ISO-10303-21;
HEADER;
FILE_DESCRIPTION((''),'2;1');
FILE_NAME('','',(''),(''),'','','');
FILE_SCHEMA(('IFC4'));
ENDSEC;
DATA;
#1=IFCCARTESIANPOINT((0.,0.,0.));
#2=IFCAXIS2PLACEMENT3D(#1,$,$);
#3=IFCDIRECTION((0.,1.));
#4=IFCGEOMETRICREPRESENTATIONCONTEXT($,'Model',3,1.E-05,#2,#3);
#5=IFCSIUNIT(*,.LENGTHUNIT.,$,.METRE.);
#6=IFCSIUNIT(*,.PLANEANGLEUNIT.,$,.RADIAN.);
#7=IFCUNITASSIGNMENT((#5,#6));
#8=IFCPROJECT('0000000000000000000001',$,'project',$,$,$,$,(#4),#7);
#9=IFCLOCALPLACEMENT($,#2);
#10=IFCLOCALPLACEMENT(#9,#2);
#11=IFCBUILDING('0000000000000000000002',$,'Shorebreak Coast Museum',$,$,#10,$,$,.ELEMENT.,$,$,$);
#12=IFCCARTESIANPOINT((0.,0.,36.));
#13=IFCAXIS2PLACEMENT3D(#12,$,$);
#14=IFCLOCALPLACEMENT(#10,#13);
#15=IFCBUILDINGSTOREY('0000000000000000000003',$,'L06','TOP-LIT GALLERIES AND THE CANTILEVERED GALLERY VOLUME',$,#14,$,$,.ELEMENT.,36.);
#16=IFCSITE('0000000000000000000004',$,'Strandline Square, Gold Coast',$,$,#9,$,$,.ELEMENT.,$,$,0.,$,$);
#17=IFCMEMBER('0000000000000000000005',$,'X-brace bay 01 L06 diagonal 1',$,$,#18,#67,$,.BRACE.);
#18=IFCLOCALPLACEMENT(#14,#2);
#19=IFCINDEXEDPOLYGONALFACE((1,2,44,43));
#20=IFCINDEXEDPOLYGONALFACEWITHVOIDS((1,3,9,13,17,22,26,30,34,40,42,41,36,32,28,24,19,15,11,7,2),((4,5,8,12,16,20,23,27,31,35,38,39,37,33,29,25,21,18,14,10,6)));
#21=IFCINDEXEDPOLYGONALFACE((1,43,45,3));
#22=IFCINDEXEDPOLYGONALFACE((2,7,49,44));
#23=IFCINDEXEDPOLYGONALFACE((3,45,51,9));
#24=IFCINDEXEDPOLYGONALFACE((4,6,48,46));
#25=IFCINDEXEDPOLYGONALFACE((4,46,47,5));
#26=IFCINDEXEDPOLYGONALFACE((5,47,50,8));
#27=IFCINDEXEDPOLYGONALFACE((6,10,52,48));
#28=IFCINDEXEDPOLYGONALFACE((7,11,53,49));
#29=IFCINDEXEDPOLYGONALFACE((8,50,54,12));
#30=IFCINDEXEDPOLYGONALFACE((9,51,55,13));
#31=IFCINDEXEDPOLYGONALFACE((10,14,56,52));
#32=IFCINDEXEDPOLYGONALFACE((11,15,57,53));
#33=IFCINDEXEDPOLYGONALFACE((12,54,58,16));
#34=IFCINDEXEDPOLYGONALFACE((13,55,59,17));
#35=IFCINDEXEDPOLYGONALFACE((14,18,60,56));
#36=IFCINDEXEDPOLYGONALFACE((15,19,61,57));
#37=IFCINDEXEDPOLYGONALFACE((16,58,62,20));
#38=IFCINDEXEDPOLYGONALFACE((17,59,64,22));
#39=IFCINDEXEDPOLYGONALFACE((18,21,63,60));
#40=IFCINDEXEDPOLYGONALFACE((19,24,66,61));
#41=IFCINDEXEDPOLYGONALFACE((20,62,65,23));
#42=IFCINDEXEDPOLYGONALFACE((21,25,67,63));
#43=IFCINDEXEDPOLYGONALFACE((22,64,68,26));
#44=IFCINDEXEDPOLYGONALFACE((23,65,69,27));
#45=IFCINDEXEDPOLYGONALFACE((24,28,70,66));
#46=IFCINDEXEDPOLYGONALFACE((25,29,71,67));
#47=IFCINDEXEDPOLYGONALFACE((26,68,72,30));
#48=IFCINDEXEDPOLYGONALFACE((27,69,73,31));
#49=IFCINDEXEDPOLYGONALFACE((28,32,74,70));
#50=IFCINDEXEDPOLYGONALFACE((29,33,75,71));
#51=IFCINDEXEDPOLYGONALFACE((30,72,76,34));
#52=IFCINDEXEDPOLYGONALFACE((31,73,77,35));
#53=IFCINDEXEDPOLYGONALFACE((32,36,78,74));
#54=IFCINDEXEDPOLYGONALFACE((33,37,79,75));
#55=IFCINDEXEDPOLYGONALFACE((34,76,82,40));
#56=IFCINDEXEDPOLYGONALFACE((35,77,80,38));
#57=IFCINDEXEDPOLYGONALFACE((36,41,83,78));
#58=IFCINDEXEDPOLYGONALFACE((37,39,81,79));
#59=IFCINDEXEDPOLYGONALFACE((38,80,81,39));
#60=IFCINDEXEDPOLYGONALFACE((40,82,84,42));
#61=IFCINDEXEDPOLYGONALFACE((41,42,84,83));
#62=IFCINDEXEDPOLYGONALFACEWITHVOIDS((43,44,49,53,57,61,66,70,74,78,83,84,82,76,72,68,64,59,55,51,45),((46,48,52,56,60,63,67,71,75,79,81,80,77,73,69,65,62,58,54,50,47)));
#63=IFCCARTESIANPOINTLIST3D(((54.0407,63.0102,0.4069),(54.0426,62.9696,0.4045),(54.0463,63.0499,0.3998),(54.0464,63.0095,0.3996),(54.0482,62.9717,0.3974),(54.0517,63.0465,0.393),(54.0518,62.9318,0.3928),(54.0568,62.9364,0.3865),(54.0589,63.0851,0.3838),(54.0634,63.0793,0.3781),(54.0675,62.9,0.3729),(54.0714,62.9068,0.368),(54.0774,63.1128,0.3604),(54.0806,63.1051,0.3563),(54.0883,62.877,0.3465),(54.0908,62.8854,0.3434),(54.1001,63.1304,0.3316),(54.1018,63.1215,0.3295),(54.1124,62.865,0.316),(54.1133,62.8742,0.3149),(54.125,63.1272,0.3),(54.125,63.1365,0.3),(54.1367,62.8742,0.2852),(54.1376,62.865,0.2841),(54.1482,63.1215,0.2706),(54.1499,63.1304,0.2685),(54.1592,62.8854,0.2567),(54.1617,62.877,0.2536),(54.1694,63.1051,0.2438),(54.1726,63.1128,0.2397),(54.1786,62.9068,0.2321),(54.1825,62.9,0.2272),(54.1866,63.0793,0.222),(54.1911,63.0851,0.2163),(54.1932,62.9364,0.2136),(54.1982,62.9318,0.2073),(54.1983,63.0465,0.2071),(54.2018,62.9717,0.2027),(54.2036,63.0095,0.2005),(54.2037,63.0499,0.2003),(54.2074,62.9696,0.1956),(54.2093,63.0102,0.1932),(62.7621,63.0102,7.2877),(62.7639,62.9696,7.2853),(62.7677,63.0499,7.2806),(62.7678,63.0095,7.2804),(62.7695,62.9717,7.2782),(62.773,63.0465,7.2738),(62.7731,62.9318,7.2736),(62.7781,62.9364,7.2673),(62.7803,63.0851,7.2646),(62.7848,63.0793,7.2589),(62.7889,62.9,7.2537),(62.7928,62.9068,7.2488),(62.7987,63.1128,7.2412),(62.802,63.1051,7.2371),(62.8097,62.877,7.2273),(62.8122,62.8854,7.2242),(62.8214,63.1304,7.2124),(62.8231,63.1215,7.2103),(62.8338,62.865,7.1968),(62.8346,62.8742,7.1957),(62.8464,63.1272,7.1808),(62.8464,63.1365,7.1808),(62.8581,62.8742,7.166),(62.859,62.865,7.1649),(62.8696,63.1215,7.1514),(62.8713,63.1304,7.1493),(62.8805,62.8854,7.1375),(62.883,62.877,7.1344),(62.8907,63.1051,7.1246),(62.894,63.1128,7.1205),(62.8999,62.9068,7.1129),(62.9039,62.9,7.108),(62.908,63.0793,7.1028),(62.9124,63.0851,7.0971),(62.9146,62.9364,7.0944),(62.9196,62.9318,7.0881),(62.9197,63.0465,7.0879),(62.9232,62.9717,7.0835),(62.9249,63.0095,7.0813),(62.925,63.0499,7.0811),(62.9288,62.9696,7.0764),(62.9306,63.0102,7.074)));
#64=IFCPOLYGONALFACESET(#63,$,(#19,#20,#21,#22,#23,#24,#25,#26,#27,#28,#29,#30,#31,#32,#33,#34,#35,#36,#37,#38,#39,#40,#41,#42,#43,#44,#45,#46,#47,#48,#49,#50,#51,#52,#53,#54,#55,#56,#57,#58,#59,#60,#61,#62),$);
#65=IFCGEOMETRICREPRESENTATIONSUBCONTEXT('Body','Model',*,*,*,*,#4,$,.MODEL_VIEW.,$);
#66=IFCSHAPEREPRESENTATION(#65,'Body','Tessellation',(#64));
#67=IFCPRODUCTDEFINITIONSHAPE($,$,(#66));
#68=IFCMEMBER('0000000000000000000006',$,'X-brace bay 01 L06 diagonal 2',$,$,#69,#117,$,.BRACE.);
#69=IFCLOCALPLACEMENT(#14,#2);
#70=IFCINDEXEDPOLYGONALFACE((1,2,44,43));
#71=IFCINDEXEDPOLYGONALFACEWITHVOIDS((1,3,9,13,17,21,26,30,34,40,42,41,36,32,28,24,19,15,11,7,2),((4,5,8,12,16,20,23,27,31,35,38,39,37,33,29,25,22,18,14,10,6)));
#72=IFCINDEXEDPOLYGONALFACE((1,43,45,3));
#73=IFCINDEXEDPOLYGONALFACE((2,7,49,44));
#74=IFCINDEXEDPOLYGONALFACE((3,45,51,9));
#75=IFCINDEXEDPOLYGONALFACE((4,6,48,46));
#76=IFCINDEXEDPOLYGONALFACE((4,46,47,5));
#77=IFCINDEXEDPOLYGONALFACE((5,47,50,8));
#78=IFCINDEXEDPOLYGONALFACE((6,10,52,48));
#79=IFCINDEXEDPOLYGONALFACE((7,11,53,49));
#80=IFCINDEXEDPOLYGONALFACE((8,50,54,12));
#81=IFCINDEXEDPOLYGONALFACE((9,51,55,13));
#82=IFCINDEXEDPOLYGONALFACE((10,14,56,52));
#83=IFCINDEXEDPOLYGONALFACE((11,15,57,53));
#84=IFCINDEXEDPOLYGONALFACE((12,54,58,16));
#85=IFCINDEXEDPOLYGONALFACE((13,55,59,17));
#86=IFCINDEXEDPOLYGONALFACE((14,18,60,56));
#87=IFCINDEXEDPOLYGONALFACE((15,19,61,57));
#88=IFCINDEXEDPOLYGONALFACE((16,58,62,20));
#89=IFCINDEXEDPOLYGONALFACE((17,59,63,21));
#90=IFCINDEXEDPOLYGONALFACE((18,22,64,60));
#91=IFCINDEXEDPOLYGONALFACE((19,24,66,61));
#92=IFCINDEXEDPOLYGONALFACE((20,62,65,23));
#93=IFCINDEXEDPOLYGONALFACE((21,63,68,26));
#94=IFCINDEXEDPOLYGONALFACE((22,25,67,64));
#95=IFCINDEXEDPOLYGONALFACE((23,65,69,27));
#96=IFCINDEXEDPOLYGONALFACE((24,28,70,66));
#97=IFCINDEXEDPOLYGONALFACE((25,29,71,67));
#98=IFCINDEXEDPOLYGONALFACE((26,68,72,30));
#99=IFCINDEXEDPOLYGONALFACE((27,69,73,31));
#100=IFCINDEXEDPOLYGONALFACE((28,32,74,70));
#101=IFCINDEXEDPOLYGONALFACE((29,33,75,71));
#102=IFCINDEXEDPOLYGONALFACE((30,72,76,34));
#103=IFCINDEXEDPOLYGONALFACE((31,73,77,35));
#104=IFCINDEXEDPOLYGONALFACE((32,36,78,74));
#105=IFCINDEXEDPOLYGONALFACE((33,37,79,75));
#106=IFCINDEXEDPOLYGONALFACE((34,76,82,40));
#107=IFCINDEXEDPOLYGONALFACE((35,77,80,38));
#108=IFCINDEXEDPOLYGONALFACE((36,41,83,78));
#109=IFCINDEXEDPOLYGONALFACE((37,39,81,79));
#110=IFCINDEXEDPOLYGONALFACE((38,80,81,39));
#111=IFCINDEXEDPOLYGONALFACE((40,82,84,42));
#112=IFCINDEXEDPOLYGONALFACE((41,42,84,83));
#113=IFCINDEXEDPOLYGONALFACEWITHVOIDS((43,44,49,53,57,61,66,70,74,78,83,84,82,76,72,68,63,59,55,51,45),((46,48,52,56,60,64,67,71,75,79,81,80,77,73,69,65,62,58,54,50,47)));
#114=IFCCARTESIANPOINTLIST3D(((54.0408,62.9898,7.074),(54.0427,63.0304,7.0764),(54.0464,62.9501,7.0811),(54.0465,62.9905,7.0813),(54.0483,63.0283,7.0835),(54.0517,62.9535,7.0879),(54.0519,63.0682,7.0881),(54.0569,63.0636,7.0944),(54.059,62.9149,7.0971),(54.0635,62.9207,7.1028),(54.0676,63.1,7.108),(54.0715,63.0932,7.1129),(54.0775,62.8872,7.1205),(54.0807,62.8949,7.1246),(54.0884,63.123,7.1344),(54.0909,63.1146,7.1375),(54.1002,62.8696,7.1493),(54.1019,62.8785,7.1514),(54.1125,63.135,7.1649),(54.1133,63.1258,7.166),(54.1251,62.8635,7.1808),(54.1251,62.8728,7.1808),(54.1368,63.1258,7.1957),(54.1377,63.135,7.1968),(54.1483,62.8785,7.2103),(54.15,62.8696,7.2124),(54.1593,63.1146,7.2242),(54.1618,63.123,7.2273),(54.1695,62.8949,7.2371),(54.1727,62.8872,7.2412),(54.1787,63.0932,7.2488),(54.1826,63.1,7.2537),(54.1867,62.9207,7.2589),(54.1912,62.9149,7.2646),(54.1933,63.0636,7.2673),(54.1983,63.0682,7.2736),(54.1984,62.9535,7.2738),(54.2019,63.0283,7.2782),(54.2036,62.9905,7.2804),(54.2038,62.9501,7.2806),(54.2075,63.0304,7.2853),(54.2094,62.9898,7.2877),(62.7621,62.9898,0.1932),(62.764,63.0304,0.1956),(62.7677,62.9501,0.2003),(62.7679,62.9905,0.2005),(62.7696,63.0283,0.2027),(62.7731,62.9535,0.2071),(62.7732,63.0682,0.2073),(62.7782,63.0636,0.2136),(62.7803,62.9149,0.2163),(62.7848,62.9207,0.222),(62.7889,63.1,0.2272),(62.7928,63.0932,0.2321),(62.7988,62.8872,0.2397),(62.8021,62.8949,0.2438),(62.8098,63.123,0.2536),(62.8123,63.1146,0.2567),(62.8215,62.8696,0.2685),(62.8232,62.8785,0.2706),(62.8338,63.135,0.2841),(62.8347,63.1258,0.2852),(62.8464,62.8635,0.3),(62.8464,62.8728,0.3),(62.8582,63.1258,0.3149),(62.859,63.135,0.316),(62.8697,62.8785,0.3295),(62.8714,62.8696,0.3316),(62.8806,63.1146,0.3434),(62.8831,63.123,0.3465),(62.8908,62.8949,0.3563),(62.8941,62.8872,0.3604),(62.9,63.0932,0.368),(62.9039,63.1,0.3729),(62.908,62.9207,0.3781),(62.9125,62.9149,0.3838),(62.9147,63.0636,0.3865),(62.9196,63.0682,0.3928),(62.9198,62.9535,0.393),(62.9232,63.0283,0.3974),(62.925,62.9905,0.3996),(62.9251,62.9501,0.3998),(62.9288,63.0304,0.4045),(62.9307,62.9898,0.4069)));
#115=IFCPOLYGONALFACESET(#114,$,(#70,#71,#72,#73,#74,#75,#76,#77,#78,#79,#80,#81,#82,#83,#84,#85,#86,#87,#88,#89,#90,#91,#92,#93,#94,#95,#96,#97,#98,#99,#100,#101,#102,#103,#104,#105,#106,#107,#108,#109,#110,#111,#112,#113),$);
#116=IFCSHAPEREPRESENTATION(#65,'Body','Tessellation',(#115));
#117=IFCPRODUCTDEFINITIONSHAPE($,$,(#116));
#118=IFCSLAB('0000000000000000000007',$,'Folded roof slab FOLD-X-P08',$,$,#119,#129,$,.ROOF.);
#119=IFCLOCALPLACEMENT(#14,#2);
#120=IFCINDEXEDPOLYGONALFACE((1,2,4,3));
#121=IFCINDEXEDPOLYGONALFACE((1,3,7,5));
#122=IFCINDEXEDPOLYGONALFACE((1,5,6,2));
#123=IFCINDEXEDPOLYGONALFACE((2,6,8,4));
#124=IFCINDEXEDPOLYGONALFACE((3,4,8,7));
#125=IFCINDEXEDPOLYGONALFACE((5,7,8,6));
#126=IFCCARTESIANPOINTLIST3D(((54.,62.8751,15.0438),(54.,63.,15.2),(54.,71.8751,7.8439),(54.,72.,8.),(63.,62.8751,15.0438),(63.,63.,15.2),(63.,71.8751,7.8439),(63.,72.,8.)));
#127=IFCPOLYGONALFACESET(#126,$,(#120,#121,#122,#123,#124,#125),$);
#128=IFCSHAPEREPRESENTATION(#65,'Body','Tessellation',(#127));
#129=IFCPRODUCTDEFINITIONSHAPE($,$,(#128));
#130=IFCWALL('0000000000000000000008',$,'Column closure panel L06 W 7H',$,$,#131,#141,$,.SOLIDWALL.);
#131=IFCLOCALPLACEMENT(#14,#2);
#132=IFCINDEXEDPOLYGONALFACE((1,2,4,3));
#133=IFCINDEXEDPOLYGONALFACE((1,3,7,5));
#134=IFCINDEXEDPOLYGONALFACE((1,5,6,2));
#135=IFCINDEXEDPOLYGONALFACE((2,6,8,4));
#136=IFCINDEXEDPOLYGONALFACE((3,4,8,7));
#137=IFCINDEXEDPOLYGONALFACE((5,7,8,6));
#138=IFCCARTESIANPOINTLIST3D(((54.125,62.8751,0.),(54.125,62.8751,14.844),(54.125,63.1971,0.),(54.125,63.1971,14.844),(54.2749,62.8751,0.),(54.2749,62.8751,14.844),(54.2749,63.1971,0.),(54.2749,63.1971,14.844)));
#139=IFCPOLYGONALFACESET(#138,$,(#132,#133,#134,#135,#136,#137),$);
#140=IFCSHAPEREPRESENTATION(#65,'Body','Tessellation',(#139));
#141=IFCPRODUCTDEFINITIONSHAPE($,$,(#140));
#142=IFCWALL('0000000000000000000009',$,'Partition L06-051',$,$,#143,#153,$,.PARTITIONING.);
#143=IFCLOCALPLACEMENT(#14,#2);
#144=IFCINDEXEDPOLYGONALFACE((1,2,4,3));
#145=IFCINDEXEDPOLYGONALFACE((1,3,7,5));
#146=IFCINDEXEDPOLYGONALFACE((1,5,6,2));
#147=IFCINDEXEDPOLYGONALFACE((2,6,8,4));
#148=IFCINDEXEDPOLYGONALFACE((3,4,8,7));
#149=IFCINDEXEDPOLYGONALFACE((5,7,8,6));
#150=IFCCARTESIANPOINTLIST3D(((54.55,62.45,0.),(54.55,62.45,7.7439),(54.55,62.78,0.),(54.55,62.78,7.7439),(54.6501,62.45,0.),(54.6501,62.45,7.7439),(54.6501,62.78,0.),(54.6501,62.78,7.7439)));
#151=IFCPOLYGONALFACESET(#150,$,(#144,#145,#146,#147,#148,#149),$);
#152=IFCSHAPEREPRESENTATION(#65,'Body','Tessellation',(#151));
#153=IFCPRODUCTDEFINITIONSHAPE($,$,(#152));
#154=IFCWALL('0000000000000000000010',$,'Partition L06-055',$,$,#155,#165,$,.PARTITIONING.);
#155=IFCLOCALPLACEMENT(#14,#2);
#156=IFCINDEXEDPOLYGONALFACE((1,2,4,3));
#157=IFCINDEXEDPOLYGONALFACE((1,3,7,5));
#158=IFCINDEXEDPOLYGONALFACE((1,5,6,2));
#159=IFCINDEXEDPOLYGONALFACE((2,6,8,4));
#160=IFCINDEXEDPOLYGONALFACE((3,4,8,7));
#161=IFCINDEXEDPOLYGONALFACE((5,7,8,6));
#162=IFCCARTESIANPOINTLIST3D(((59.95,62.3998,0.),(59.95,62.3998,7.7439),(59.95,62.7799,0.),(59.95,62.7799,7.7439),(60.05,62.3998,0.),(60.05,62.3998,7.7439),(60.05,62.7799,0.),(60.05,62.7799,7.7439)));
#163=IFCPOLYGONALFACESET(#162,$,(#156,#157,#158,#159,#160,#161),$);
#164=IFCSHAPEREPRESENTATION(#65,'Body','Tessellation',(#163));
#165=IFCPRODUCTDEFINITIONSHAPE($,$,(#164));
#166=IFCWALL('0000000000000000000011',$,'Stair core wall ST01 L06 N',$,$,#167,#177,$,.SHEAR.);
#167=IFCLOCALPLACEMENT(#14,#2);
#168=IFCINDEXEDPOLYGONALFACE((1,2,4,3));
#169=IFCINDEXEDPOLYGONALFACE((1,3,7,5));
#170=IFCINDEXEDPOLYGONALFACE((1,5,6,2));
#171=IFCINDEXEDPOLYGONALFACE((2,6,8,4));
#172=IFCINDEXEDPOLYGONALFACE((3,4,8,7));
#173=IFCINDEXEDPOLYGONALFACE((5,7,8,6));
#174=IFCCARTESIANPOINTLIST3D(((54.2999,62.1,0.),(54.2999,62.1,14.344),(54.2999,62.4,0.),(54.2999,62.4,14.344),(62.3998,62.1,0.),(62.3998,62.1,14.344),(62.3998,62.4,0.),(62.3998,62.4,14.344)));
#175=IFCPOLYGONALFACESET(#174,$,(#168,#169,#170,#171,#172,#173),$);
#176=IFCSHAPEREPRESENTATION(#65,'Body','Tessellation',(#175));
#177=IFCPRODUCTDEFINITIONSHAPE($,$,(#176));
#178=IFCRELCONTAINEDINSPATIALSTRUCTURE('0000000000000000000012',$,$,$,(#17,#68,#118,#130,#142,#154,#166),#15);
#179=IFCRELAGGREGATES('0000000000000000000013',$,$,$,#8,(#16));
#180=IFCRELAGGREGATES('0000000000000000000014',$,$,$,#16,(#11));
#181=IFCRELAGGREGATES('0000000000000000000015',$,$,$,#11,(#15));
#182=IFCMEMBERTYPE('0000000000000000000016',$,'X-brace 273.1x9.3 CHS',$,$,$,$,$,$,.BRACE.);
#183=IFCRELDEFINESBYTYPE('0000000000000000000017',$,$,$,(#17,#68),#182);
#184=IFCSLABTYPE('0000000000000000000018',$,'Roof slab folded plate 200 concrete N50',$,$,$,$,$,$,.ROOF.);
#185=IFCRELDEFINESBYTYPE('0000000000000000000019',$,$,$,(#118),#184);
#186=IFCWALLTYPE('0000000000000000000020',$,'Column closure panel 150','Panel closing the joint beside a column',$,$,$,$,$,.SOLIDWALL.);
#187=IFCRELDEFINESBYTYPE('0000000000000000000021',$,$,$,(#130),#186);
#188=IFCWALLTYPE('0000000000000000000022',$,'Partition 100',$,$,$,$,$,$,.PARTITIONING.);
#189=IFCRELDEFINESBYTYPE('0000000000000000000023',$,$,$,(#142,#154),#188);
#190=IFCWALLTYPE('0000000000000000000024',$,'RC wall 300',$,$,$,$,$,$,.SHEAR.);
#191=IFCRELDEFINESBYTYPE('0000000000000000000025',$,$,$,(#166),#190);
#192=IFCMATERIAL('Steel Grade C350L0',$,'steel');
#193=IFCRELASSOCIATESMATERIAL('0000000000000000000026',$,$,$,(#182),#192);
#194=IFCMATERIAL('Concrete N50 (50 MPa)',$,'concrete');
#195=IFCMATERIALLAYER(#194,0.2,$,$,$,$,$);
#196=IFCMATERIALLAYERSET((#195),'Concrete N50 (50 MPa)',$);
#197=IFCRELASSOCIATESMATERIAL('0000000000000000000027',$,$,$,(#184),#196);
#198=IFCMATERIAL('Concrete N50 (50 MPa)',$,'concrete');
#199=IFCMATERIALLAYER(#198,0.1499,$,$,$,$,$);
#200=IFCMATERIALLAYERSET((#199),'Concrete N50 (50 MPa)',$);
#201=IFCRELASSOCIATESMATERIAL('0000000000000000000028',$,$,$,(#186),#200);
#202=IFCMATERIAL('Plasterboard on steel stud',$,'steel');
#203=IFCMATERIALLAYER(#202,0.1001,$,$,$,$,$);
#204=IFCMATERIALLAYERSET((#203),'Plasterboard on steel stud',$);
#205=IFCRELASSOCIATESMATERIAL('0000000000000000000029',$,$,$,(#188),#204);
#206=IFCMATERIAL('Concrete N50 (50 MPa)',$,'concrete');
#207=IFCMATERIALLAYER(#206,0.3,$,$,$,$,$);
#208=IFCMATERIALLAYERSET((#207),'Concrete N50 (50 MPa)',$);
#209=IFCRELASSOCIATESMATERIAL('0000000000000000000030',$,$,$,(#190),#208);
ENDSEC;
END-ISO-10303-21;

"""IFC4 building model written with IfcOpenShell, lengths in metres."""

from ifc_helpers import new_model, si_unit, direction, frame, frame_2d, origin, origin_2d, place, context, subcontext, project, spatial, polyline, rectangle, hollow_circle, outline, extrude, material, layer, layer_set, material_profile, profile_set, type_object, element, save


model = new_model("IFC4")

# Units and contexts
model_context = context("Model", 3, precision=1e-05, world=origin(), true_north=direction((0.0, 1.0)))
body_context = subcontext(model_context, "Body", "Model", "MODEL_VIEW")
ifc_project = project(units=[si_unit("LENGTHUNIT", "METRE"), si_unit("PLANEANGLEUNIT", "RADIAN")], contexts=[model_context])

# Site, building, storey
site_placement = place(None, origin())
site = spatial("IfcSite", under=ifc_project, at=site_placement, Name="Strandline Square, Gold Coast", CompositionType="ELEMENT", RefElevation=0.0)
building_placement = place(site_placement, origin())
building = spatial("IfcBuilding", under=site, at=building_placement, Name="Shorebreak Coast Museum", CompositionType="ELEMENT")
storey_placement = place(building_placement, frame((0.0, 0.0, 36.0)))
storey = spatial("IfcBuildingStorey", under=building, at=storey_placement, Name="L06", Description="TOP-LIT GALLERIES AND THE CANTILEVERED GALLERY VOLUME", CompositionType="ELEMENT", Elevation=36.0)

# Members
ifc_material_1 = material(Name="Steel Grade C350L0", Category="steel")
ifc_material_profile_1 = material_profile(ifc_material_1, hollow_circle(Radius=0.1365, WallThickness=0.0093, at=origin_2d()), Name="273.1x9.3 CHS")
ifc_profile_set_1 = profile_set([ifc_material_profile_1], Name="Steel Grade C350L0")
member_type_1 = type_object("IfcMemberType", Name="X-brace 273.1x9.3 CHS", PredefinedType="BRACE", material=ifc_profile_set_1)
for number, where, z_axis, x_axis, name in (
    (1, (54.125, 63.0, 0.3), (0.785079, 0.0, 0.619396), (0.0, 1.0, 0.0), "X-brace bay 01 L06 diagonal 1"),
    (2, (62.8464, 63.0, 0.3), (-0.785079, 0.0, 0.619396), (0.0, -1.0, 0.0), "X-brace bay 01 L06 diagonal 2"),
):
    element("IfcMember", number, at=place(storey_placement, frame(where, z_axis=z_axis, x_axis=x_axis)), inside=storey, type_object=member_type_1, Name=name, PredefinedType="BRACE", context=body_context, shape_type="SweptSolid", body=[
        extrude(hollow_circle(Radius=0.1365, WallThickness=0.0093, at=origin_2d()), origin(), (0.0, 0.0, 1.0), 11.1089),
    ])

# Slab
ifc_material_2 = material(Name="Concrete N50 (50 MPa)", Category="concrete")
ifc_layer_1 = layer(ifc_material_2, 0.2)
ifc_layer_set_1 = layer_set([ifc_layer_1], Name="Concrete N50 (50 MPa)")
slab_type = type_object("IfcSlabType", Name="Roof slab folded plate 200 concrete N50", PredefinedType="ROOF", material=ifc_layer_set_1)
slab_placement = place(storey_placement, frame((54.0, 63.0, 15.2), z_axis=(0.0, 0.624692, 0.780871), x_axis=(1.0, 0.0, 0.0)))
element("IfcSlab", 3, at=slab_placement, inside=storey, type_object=slab_type, Name="Folded roof slab FOLD-X-P08", PredefinedType="ROOF", context=body_context, shape_type="SweptSolid", body=[
    extrude(outline(polyline([(0.0, 0.0), (9.0, 0.0), (9.0, 11.5256), (0.0, 11.5256), (0.0, 0.0)])), origin(), (0.0, 0.0, -1.0), 0.2),
])

# Walls
ifc_material_3 = material(Name="Concrete N50 (50 MPa)", Category="concrete")
ifc_layer_2 = layer(ifc_material_3, 0.1499)
ifc_layer_set_2 = layer_set([ifc_layer_2], Name="Concrete N50 (50 MPa)")
wall_type_1 = type_object("IfcWallType", Name="Column closure panel 150", Description="Panel closing the joint beside a column", PredefinedType="SOLIDWALL", material=ifc_layer_set_2)
wall_1_placement = place(storey_placement, frame((54.2, 62.875, 0.0), z_axis=(0.0, 0.0, 1.0), x_axis=(0.0, 1.0, 0.0)))
element("IfcWall", 4, at=wall_1_placement, inside=storey, type_object=wall_type_1, Name="Column closure panel L06 W 7H", PredefinedType="SOLIDWALL", context=body_context, shape_type="SweptSolid", body=[
    extrude(rectangle(XDim=0.322, YDim=0.1499, at=frame_2d((0.1611, 0.0))), origin(), (0.0, 0.0, 1.0), 14.844),
])
ifc_material_4 = material(Name="Plasterboard on steel stud", Category="steel")
ifc_layer_3 = layer(ifc_material_4, 0.1001)
ifc_layer_set_3 = layer_set([ifc_layer_3], Name="Plasterboard on steel stud")
wall_type_2 = type_object("IfcWallType", Name="Partition 100", PredefinedType="PARTITIONING", material=ifc_layer_set_3)
wall_2_placement = place(storey_placement, frame((54.6001, 62.45, 0.0), z_axis=(0.0, 0.0, 1.0), x_axis=(0.0, 1.0, 0.0)))
element("IfcWall", 5, at=wall_2_placement, inside=storey, type_object=wall_type_2, Name="Partition L06-051", PredefinedType="PARTITIONING", context=body_context, shape_type="SweptSolid", body=[
    extrude(rectangle(XDim=0.3301, YDim=0.1001, at=frame_2d((0.165, 0.0))), origin(), (0.0, 0.0, 1.0), 7.7439),
])
wall_3_placement = place(storey_placement, frame((60.0, 62.3999, 0.0), z_axis=(0.0, 0.0, 1.0), x_axis=(0.0, 1.0, 0.0)))
element("IfcWall", 6, at=wall_3_placement, inside=storey, type_object=wall_type_2, Name="Partition L06-055", PredefinedType="PARTITIONING", context=body_context, shape_type="SweptSolid", body=[
    extrude(rectangle(XDim=0.3801, YDim=0.1001, at=frame_2d((0.1899, 0.0))), origin(), (0.0, 0.0, 1.0), 7.7439),
])
ifc_material_5 = material(Name="Concrete N50 (50 MPa)", Category="concrete")
ifc_layer_4 = layer(ifc_material_5, 0.3)
ifc_layer_set_4 = layer_set([ifc_layer_4], Name="Concrete N50 (50 MPa)")
wall_type_3 = type_object("IfcWallType", Name="RC wall 300", PredefinedType="SHEAR", material=ifc_layer_set_4)
wall_4_placement = place(storey_placement, frame((54.3, 62.25, 0.0), z_axis=(0.0, 0.0, 1.0), x_axis=(1.0, 0.0, 0.0)))
element("IfcWall", 7, at=wall_4_placement, inside=storey, type_object=wall_type_3, Name="Stair core wall ST01 L06 N", PredefinedType="SHEAR", context=body_context, shape_type="SweptSolid", body=[
    extrude(rectangle(XDim=8.0999, YDim=0.3, at=frame_2d((4.0498, 0.0))), origin(), (0.0, 0.0, 1.0), 14.344),
])

save(model, "model.ifc")
